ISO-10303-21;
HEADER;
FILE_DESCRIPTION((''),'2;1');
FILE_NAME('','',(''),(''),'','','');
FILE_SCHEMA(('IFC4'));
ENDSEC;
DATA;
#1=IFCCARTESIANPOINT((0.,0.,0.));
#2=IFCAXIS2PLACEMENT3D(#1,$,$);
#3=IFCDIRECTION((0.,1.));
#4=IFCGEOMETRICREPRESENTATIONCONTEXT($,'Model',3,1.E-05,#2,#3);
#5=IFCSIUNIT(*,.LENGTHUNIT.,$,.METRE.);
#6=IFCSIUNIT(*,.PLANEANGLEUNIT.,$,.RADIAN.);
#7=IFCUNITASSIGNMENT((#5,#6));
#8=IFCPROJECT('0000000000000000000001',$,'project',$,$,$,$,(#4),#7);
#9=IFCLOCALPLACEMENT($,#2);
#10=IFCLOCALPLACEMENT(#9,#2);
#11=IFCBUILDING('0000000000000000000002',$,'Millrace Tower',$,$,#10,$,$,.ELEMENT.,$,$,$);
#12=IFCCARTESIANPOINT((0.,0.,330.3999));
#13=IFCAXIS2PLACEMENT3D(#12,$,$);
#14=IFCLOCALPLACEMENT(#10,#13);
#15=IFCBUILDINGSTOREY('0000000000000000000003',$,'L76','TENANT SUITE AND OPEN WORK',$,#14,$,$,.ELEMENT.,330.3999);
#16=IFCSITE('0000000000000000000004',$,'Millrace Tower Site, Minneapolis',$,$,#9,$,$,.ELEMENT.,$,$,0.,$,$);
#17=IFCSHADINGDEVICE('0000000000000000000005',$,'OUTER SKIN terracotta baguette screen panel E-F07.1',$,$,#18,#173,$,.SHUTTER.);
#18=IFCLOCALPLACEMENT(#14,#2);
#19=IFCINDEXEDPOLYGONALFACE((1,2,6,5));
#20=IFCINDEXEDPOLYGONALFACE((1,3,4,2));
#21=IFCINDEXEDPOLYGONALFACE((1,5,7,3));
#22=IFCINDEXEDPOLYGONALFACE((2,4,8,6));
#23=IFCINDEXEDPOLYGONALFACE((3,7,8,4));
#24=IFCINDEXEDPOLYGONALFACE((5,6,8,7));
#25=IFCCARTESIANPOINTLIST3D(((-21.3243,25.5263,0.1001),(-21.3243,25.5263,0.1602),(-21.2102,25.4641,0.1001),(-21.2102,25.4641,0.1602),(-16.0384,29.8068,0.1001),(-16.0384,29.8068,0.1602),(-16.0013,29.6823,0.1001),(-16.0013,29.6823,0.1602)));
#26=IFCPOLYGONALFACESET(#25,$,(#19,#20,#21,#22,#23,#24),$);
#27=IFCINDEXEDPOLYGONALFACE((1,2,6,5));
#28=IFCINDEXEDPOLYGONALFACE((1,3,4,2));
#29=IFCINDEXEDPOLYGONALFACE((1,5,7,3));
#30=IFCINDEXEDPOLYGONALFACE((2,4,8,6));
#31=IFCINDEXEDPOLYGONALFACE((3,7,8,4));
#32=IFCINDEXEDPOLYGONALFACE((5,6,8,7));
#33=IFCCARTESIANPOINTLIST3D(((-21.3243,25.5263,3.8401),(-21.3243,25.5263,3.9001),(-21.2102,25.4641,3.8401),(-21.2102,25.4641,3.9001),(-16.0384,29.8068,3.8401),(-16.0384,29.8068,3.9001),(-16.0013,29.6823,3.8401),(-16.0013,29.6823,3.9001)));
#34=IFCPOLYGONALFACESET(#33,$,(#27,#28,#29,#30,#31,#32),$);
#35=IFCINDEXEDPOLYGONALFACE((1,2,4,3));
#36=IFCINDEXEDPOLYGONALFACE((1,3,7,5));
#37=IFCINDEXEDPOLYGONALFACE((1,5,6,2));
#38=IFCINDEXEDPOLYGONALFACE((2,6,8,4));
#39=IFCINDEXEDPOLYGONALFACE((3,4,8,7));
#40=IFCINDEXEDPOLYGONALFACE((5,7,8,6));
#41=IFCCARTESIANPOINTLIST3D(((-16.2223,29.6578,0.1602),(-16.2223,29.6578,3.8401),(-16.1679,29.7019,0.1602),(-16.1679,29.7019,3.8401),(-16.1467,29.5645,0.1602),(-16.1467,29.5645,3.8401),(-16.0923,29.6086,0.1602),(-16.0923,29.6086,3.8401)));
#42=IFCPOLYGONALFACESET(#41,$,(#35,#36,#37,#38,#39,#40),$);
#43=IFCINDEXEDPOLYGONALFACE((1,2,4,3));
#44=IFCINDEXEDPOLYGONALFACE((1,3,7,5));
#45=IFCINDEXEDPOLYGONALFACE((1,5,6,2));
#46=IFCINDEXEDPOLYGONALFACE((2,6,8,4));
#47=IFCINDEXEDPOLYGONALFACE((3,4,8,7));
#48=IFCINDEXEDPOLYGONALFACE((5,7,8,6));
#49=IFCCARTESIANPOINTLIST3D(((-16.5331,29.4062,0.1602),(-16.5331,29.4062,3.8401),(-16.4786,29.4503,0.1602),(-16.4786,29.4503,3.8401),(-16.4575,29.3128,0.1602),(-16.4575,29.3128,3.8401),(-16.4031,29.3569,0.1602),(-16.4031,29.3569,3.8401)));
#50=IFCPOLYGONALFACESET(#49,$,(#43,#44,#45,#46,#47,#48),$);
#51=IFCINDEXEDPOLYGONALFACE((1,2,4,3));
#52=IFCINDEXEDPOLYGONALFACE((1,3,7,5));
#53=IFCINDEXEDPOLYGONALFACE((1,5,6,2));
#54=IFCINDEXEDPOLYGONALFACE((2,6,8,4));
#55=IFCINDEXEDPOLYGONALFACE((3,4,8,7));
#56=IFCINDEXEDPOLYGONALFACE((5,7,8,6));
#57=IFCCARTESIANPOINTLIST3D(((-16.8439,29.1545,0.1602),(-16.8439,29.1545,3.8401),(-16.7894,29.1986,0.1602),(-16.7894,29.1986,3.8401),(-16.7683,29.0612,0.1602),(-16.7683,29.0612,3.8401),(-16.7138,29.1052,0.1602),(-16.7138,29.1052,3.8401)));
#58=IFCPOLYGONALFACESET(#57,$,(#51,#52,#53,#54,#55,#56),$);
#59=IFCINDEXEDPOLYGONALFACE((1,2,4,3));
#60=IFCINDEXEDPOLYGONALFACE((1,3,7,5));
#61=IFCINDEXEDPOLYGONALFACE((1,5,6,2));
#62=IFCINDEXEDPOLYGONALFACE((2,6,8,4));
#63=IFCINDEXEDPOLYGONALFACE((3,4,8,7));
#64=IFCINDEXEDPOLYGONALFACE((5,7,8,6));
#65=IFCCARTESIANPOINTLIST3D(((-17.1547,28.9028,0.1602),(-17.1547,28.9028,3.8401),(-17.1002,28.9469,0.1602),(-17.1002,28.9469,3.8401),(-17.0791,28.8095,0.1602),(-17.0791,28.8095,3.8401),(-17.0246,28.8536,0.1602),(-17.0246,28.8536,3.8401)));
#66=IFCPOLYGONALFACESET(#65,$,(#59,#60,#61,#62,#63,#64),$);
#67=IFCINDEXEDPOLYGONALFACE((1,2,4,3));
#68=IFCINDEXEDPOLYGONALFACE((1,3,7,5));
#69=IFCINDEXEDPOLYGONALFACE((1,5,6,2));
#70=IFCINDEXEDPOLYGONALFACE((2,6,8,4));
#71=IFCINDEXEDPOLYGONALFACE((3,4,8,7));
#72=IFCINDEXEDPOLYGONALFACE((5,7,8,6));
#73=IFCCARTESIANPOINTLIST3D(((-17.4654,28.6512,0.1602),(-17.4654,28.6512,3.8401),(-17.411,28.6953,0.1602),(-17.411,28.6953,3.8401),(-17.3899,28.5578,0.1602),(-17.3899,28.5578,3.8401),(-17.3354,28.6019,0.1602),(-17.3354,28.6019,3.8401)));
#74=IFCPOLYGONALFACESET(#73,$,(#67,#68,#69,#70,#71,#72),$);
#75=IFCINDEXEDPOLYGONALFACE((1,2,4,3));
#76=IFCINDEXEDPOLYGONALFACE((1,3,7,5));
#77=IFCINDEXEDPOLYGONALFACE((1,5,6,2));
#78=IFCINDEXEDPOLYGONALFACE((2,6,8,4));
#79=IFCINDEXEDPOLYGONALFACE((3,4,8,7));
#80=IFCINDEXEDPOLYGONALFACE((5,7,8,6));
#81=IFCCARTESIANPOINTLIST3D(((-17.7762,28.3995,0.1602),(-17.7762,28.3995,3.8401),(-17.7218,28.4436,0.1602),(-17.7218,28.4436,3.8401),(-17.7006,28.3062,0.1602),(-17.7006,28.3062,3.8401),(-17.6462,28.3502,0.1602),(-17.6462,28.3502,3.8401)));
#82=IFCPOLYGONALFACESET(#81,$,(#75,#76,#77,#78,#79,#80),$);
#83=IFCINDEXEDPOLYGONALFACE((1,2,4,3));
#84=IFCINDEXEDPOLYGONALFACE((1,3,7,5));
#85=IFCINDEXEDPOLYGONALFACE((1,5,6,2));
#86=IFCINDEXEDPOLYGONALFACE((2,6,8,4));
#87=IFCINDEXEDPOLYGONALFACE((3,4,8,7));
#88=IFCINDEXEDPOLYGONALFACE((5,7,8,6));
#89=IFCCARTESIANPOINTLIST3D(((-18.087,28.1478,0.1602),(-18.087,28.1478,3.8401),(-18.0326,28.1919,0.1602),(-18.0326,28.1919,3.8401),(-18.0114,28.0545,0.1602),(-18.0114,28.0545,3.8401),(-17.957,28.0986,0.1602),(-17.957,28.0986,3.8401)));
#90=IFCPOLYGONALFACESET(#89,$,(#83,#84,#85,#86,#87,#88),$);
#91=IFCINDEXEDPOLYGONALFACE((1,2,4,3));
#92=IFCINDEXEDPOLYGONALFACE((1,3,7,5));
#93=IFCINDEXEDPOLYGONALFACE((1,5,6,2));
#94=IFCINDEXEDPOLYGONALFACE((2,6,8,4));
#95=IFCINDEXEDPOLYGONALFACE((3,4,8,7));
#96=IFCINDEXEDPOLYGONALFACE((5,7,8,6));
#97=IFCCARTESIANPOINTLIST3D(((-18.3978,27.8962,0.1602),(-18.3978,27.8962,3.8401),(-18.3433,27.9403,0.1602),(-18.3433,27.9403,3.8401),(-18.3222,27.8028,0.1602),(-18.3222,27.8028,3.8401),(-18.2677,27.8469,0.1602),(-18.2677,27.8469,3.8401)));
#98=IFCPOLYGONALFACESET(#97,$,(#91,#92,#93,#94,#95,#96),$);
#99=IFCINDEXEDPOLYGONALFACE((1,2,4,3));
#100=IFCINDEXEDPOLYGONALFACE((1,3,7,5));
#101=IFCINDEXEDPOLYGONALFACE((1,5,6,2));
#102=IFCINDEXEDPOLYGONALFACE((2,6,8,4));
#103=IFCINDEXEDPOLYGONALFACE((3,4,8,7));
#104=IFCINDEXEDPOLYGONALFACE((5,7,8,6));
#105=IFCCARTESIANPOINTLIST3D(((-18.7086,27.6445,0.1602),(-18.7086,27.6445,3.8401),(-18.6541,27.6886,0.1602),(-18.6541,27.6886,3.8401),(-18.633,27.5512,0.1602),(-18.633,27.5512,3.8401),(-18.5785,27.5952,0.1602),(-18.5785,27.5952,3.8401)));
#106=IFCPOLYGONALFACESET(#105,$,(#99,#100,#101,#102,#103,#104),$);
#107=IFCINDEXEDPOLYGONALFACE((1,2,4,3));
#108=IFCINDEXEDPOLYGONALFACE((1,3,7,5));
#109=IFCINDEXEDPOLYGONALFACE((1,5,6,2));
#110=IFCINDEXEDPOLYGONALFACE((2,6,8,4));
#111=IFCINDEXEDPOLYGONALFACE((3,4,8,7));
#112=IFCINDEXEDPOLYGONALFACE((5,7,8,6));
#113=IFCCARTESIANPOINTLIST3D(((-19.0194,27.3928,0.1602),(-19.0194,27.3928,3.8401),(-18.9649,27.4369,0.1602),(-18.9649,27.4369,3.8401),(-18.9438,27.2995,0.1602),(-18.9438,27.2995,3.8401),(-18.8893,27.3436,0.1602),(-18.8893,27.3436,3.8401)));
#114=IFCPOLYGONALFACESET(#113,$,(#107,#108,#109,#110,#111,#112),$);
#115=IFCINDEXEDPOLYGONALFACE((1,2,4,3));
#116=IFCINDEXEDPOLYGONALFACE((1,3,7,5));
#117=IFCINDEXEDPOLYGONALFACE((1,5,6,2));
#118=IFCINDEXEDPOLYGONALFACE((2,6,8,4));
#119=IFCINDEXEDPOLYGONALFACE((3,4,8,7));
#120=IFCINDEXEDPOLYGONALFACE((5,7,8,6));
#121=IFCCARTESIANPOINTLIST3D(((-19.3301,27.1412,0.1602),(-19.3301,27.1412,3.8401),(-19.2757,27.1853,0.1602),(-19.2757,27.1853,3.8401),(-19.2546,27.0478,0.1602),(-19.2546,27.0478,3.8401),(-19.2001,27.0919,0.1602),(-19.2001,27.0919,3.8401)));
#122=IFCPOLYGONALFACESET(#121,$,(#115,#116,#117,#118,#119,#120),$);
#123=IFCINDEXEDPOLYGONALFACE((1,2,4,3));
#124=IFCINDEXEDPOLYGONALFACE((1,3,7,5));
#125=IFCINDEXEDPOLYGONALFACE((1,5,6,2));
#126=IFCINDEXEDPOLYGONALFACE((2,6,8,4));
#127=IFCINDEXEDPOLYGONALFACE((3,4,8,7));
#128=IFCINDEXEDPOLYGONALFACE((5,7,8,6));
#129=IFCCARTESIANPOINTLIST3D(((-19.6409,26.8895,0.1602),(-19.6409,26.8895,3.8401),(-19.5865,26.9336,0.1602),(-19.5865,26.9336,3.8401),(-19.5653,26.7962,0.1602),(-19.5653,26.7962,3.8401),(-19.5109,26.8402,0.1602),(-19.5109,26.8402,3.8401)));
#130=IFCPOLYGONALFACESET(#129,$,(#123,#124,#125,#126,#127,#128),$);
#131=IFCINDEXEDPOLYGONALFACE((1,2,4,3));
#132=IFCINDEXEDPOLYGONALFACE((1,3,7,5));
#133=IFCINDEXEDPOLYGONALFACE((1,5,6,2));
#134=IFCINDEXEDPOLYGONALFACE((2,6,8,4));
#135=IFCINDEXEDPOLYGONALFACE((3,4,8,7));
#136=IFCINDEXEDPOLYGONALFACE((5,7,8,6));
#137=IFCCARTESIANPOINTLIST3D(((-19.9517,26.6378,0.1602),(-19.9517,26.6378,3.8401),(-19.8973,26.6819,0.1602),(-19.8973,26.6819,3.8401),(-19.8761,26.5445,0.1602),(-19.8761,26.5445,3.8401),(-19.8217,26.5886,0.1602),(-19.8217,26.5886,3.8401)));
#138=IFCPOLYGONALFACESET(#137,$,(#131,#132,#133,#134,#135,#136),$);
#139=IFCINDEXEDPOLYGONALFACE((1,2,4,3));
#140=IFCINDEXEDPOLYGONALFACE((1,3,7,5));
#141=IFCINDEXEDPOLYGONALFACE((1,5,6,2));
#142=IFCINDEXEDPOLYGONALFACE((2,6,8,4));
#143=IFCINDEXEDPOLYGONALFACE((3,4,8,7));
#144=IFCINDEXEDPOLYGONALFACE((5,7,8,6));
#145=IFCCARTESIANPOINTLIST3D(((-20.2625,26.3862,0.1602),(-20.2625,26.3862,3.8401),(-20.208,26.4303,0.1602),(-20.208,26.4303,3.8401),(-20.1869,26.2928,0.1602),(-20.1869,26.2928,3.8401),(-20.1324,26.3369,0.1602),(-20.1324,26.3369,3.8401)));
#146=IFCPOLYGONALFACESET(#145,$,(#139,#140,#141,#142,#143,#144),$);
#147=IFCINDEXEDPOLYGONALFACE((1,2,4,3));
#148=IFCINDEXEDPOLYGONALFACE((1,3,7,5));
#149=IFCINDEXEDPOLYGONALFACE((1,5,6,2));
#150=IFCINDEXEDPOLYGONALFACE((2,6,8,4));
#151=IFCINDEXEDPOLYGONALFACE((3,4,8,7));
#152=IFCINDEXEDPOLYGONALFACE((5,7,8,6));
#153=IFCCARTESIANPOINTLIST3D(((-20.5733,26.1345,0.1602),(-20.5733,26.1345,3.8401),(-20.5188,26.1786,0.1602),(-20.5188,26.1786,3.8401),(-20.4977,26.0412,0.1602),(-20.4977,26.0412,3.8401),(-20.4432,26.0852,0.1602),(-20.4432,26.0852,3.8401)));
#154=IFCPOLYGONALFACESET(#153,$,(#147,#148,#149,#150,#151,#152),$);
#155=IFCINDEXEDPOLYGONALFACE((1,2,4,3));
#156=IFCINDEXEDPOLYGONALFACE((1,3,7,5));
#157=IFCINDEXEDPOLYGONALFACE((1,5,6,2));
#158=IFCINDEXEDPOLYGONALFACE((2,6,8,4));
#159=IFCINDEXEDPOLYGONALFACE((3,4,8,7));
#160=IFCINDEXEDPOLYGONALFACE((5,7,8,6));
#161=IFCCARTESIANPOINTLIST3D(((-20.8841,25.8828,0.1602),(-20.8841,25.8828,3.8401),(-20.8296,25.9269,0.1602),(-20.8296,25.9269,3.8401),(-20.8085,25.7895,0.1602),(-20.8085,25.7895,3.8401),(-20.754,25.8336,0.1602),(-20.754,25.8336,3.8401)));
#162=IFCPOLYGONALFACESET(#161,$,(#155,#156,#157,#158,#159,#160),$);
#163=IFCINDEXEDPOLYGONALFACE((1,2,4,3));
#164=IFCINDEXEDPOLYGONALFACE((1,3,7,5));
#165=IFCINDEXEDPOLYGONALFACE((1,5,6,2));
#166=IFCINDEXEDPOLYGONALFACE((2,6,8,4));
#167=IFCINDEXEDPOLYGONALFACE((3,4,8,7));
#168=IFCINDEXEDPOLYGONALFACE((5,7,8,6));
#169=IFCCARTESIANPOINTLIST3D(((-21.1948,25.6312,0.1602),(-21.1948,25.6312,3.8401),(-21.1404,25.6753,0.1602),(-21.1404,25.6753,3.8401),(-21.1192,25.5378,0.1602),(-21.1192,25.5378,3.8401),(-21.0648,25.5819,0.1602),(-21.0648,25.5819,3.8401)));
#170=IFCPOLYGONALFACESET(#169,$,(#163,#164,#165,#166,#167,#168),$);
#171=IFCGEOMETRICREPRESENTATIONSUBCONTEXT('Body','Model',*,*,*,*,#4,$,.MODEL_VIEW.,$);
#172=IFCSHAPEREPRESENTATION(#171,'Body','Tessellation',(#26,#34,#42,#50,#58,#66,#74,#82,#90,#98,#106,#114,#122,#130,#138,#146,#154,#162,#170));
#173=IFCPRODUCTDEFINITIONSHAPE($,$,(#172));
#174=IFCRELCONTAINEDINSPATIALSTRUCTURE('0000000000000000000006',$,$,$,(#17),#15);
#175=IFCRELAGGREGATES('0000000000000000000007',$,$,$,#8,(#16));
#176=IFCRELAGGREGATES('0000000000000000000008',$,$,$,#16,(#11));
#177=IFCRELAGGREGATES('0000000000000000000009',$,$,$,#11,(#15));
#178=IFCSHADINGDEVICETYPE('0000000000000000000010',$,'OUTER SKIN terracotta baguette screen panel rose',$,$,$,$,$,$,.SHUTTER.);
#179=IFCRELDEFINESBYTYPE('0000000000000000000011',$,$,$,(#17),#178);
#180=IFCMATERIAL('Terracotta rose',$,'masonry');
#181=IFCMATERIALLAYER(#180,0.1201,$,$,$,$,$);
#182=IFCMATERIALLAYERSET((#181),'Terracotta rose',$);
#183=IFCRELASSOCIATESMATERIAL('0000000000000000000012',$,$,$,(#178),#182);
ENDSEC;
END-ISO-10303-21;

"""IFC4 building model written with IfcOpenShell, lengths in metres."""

from ifc_helpers import new_model, entity, si_unit, direction, frame, frame_2d, origin, origin_2d, place, context, subcontext, project, spatial, rectangle, extrude, source, transform, mapped, material, layer, layer_set, type_object, element, save


model = new_model("IFC4")

# Units and contexts
model_context = context("Model", 3, precision=1e-05, world=origin(), true_north=direction((0.0, 1.0)))
body_context = subcontext(model_context, "Body", "Model", "MODEL_VIEW")
ifc_project = project(units=[si_unit("LENGTHUNIT", "METRE"), si_unit("PLANEANGLEUNIT", "RADIAN")], contexts=[model_context])

# Site, building, storey
site_placement = place(None, origin())
site = spatial("IfcSite", under=ifc_project, at=site_placement, Name="Millrace Tower Site, Minneapolis", CompositionType="ELEMENT", RefElevation=0.0)
building_placement = place(site_placement, origin())
building = spatial("IfcBuilding", under=site, at=building_placement, Name="Millrace Tower", CompositionType="ELEMENT")
storey_placement = place(building_placement, frame((0.0, 0.0, 330.3999)))
storey = spatial("IfcBuildingStorey", under=building, at=storey_placement, Name="L76", Description="TENANT SUITE AND OPEN WORK", CompositionType="ELEMENT", Elevation=330.3999)

# Shading device
ifc_material_1 = material(Name="Terracotta rose", Category="masonry")
ifc_layer_1 = layer(ifc_material_1, 0.1201)
ifc_layer_set_1 = layer_set([ifc_layer_1], Name="Terracotta rose")
shading_device_type = type_object("IfcShadingDeviceType", Name="OUTER SKIN terracotta baguette screen panel rose", PredefinedType="SHUTTER", material=ifc_layer_set_1)
cartesian_point_1 = entity("IfcCartesianPoint", [-3.3513, 0.0601])
shared_polyline_1 = entity("IfcPolyline", [cartesian_point_1, entity("IfcCartesianPoint", [3.3513, 0.0601]), entity("IfcCartesianPoint", [3.4009, -0.0601]), entity("IfcCartesianPoint", [-3.4009, -0.0601]), cartesian_point_1])
shared_shape_1 = source(origin(), body_context, "Body", "SweptSolid", [
    entity("IfcExtrudedAreaSolid", entity("IfcArbitraryClosedProfileDef", "AREA", None, shared_polyline_1), entity("IfcAxis2Placement3D", entity("IfcCartesianPoint", [0.0, 0.0, 0.0])), entity("IfcDirection", [0.0, 0.0, 1.0]), 0.0601),
    entity("IfcExtrudedAreaSolid", entity("IfcArbitraryClosedProfileDef", "AREA", None, shared_polyline_1), entity("IfcAxis2Placement3D", entity("IfcCartesianPoint", [0.0, 0.0, 3.74])), entity("IfcDirection", [0.0, 0.0, 1.0]), 0.0601),
    extrude(rectangle(XDim=0.0701, YDim=0.1201, at=frame_2d((-3.1992, 0.0))), frame((0.0, 0.0, 0.0601)), (0.0, 0.0, 1.0), 3.6799),
    extrude(rectangle(XDim=0.0701, YDim=0.1201, at=frame_2d((-2.7993, 0.0))), frame((0.0, 0.0, 0.0601)), (0.0, 0.0, 1.0), 3.6799),
    extrude(rectangle(XDim=0.0701, YDim=0.1201, at=frame_2d((-2.3994, 0.0))), frame((0.0, 0.0, 0.0601)), (0.0, 0.0, 1.0), 3.6799),
    extrude(rectangle(XDim=0.0701, YDim=0.1201, at=frame_2d((-1.9995, 0.0))), frame((0.0, 0.0, 0.0601)), (0.0, 0.0, 1.0), 3.6799),
    extrude(rectangle(XDim=0.0701, YDim=0.1201, at=frame_2d((-1.5996, 0.0))), frame((0.0, 0.0, 0.0601)), (0.0, 0.0, 1.0), 3.6799),
    extrude(rectangle(XDim=0.0701, YDim=0.1201, at=frame_2d((-1.1997, 0.0))), frame((0.0, 0.0, 0.0601)), (0.0, 0.0, 1.0), 3.6799),
    extrude(rectangle(XDim=0.0701, YDim=0.1201, at=frame_2d((-0.7998, 0.0))), frame((0.0, 0.0, 0.0601)), (0.0, 0.0, 1.0), 3.6799),
    extrude(rectangle(XDim=0.0701, YDim=0.1201, at=frame_2d((-0.3999, 0.0))), frame((0.0, 0.0, 0.0601)), (0.0, 0.0, 1.0), 3.6799),
    extrude(rectangle(XDim=0.0701, YDim=0.1201, at=origin_2d()), frame((0.0, 0.0, 0.0601)), (0.0, 0.0, 1.0), 3.6799),
    extrude(rectangle(XDim=0.0701, YDim=0.1201, at=frame_2d((0.3999, 0.0))), frame((0.0, 0.0, 0.0601)), (0.0, 0.0, 1.0), 3.6799),
    extrude(rectangle(XDim=0.0701, YDim=0.1201, at=frame_2d((0.7998, 0.0))), frame((0.0, 0.0, 0.0601)), (0.0, 0.0, 1.0), 3.6799),
    extrude(rectangle(XDim=0.0701, YDim=0.1201, at=frame_2d((1.1997, 0.0))), frame((0.0, 0.0, 0.0601)), (0.0, 0.0, 1.0), 3.6799),
    extrude(rectangle(XDim=0.0701, YDim=0.1201, at=frame_2d((1.5996, 0.0))), frame((0.0, 0.0, 0.0601)), (0.0, 0.0, 1.0), 3.6799),
    extrude(rectangle(XDim=0.0701, YDim=0.1201, at=frame_2d((1.9995, 0.0))), frame((0.0, 0.0, 0.0601)), (0.0, 0.0, 1.0), 3.6799),
    extrude(rectangle(XDim=0.0701, YDim=0.1201, at=frame_2d((2.3994, 0.0))), frame((0.0, 0.0, 0.0601)), (0.0, 0.0, 1.0), 3.6799),
    extrude(rectangle(XDim=0.0701, YDim=0.1201, at=frame_2d((2.7993, 0.0))), frame((0.0, 0.0, 0.0601)), (0.0, 0.0, 1.0), 3.6799),
    extrude(rectangle(XDim=0.0701, YDim=0.1201, at=frame_2d((3.1992, 0.0))), frame((0.0, 0.0, 0.0601)), (0.0, 0.0, 1.0), 3.6799),
])
shading_device_1_placement = place(storey_placement, frame((-18.6436, 27.6199, 0.1001), z_axis=(0.0, 0.0, 1.0), x_axis=(-0.777146, -0.62932, 0.0)))
element("IfcShadingDevice", 1, at=shading_device_1_placement, inside=storey, type_object=shading_device_type, Name="OUTER SKIN terracotta baguette screen panel E-F07.1", PredefinedType="SHUTTER", context=body_context, shape_type="MappedRepresentation", body=[
    mapped(shared_shape_1, transform((0.0, 0.0, 0.0), scale=1.0)),
])

save(model, "model.ifc")
